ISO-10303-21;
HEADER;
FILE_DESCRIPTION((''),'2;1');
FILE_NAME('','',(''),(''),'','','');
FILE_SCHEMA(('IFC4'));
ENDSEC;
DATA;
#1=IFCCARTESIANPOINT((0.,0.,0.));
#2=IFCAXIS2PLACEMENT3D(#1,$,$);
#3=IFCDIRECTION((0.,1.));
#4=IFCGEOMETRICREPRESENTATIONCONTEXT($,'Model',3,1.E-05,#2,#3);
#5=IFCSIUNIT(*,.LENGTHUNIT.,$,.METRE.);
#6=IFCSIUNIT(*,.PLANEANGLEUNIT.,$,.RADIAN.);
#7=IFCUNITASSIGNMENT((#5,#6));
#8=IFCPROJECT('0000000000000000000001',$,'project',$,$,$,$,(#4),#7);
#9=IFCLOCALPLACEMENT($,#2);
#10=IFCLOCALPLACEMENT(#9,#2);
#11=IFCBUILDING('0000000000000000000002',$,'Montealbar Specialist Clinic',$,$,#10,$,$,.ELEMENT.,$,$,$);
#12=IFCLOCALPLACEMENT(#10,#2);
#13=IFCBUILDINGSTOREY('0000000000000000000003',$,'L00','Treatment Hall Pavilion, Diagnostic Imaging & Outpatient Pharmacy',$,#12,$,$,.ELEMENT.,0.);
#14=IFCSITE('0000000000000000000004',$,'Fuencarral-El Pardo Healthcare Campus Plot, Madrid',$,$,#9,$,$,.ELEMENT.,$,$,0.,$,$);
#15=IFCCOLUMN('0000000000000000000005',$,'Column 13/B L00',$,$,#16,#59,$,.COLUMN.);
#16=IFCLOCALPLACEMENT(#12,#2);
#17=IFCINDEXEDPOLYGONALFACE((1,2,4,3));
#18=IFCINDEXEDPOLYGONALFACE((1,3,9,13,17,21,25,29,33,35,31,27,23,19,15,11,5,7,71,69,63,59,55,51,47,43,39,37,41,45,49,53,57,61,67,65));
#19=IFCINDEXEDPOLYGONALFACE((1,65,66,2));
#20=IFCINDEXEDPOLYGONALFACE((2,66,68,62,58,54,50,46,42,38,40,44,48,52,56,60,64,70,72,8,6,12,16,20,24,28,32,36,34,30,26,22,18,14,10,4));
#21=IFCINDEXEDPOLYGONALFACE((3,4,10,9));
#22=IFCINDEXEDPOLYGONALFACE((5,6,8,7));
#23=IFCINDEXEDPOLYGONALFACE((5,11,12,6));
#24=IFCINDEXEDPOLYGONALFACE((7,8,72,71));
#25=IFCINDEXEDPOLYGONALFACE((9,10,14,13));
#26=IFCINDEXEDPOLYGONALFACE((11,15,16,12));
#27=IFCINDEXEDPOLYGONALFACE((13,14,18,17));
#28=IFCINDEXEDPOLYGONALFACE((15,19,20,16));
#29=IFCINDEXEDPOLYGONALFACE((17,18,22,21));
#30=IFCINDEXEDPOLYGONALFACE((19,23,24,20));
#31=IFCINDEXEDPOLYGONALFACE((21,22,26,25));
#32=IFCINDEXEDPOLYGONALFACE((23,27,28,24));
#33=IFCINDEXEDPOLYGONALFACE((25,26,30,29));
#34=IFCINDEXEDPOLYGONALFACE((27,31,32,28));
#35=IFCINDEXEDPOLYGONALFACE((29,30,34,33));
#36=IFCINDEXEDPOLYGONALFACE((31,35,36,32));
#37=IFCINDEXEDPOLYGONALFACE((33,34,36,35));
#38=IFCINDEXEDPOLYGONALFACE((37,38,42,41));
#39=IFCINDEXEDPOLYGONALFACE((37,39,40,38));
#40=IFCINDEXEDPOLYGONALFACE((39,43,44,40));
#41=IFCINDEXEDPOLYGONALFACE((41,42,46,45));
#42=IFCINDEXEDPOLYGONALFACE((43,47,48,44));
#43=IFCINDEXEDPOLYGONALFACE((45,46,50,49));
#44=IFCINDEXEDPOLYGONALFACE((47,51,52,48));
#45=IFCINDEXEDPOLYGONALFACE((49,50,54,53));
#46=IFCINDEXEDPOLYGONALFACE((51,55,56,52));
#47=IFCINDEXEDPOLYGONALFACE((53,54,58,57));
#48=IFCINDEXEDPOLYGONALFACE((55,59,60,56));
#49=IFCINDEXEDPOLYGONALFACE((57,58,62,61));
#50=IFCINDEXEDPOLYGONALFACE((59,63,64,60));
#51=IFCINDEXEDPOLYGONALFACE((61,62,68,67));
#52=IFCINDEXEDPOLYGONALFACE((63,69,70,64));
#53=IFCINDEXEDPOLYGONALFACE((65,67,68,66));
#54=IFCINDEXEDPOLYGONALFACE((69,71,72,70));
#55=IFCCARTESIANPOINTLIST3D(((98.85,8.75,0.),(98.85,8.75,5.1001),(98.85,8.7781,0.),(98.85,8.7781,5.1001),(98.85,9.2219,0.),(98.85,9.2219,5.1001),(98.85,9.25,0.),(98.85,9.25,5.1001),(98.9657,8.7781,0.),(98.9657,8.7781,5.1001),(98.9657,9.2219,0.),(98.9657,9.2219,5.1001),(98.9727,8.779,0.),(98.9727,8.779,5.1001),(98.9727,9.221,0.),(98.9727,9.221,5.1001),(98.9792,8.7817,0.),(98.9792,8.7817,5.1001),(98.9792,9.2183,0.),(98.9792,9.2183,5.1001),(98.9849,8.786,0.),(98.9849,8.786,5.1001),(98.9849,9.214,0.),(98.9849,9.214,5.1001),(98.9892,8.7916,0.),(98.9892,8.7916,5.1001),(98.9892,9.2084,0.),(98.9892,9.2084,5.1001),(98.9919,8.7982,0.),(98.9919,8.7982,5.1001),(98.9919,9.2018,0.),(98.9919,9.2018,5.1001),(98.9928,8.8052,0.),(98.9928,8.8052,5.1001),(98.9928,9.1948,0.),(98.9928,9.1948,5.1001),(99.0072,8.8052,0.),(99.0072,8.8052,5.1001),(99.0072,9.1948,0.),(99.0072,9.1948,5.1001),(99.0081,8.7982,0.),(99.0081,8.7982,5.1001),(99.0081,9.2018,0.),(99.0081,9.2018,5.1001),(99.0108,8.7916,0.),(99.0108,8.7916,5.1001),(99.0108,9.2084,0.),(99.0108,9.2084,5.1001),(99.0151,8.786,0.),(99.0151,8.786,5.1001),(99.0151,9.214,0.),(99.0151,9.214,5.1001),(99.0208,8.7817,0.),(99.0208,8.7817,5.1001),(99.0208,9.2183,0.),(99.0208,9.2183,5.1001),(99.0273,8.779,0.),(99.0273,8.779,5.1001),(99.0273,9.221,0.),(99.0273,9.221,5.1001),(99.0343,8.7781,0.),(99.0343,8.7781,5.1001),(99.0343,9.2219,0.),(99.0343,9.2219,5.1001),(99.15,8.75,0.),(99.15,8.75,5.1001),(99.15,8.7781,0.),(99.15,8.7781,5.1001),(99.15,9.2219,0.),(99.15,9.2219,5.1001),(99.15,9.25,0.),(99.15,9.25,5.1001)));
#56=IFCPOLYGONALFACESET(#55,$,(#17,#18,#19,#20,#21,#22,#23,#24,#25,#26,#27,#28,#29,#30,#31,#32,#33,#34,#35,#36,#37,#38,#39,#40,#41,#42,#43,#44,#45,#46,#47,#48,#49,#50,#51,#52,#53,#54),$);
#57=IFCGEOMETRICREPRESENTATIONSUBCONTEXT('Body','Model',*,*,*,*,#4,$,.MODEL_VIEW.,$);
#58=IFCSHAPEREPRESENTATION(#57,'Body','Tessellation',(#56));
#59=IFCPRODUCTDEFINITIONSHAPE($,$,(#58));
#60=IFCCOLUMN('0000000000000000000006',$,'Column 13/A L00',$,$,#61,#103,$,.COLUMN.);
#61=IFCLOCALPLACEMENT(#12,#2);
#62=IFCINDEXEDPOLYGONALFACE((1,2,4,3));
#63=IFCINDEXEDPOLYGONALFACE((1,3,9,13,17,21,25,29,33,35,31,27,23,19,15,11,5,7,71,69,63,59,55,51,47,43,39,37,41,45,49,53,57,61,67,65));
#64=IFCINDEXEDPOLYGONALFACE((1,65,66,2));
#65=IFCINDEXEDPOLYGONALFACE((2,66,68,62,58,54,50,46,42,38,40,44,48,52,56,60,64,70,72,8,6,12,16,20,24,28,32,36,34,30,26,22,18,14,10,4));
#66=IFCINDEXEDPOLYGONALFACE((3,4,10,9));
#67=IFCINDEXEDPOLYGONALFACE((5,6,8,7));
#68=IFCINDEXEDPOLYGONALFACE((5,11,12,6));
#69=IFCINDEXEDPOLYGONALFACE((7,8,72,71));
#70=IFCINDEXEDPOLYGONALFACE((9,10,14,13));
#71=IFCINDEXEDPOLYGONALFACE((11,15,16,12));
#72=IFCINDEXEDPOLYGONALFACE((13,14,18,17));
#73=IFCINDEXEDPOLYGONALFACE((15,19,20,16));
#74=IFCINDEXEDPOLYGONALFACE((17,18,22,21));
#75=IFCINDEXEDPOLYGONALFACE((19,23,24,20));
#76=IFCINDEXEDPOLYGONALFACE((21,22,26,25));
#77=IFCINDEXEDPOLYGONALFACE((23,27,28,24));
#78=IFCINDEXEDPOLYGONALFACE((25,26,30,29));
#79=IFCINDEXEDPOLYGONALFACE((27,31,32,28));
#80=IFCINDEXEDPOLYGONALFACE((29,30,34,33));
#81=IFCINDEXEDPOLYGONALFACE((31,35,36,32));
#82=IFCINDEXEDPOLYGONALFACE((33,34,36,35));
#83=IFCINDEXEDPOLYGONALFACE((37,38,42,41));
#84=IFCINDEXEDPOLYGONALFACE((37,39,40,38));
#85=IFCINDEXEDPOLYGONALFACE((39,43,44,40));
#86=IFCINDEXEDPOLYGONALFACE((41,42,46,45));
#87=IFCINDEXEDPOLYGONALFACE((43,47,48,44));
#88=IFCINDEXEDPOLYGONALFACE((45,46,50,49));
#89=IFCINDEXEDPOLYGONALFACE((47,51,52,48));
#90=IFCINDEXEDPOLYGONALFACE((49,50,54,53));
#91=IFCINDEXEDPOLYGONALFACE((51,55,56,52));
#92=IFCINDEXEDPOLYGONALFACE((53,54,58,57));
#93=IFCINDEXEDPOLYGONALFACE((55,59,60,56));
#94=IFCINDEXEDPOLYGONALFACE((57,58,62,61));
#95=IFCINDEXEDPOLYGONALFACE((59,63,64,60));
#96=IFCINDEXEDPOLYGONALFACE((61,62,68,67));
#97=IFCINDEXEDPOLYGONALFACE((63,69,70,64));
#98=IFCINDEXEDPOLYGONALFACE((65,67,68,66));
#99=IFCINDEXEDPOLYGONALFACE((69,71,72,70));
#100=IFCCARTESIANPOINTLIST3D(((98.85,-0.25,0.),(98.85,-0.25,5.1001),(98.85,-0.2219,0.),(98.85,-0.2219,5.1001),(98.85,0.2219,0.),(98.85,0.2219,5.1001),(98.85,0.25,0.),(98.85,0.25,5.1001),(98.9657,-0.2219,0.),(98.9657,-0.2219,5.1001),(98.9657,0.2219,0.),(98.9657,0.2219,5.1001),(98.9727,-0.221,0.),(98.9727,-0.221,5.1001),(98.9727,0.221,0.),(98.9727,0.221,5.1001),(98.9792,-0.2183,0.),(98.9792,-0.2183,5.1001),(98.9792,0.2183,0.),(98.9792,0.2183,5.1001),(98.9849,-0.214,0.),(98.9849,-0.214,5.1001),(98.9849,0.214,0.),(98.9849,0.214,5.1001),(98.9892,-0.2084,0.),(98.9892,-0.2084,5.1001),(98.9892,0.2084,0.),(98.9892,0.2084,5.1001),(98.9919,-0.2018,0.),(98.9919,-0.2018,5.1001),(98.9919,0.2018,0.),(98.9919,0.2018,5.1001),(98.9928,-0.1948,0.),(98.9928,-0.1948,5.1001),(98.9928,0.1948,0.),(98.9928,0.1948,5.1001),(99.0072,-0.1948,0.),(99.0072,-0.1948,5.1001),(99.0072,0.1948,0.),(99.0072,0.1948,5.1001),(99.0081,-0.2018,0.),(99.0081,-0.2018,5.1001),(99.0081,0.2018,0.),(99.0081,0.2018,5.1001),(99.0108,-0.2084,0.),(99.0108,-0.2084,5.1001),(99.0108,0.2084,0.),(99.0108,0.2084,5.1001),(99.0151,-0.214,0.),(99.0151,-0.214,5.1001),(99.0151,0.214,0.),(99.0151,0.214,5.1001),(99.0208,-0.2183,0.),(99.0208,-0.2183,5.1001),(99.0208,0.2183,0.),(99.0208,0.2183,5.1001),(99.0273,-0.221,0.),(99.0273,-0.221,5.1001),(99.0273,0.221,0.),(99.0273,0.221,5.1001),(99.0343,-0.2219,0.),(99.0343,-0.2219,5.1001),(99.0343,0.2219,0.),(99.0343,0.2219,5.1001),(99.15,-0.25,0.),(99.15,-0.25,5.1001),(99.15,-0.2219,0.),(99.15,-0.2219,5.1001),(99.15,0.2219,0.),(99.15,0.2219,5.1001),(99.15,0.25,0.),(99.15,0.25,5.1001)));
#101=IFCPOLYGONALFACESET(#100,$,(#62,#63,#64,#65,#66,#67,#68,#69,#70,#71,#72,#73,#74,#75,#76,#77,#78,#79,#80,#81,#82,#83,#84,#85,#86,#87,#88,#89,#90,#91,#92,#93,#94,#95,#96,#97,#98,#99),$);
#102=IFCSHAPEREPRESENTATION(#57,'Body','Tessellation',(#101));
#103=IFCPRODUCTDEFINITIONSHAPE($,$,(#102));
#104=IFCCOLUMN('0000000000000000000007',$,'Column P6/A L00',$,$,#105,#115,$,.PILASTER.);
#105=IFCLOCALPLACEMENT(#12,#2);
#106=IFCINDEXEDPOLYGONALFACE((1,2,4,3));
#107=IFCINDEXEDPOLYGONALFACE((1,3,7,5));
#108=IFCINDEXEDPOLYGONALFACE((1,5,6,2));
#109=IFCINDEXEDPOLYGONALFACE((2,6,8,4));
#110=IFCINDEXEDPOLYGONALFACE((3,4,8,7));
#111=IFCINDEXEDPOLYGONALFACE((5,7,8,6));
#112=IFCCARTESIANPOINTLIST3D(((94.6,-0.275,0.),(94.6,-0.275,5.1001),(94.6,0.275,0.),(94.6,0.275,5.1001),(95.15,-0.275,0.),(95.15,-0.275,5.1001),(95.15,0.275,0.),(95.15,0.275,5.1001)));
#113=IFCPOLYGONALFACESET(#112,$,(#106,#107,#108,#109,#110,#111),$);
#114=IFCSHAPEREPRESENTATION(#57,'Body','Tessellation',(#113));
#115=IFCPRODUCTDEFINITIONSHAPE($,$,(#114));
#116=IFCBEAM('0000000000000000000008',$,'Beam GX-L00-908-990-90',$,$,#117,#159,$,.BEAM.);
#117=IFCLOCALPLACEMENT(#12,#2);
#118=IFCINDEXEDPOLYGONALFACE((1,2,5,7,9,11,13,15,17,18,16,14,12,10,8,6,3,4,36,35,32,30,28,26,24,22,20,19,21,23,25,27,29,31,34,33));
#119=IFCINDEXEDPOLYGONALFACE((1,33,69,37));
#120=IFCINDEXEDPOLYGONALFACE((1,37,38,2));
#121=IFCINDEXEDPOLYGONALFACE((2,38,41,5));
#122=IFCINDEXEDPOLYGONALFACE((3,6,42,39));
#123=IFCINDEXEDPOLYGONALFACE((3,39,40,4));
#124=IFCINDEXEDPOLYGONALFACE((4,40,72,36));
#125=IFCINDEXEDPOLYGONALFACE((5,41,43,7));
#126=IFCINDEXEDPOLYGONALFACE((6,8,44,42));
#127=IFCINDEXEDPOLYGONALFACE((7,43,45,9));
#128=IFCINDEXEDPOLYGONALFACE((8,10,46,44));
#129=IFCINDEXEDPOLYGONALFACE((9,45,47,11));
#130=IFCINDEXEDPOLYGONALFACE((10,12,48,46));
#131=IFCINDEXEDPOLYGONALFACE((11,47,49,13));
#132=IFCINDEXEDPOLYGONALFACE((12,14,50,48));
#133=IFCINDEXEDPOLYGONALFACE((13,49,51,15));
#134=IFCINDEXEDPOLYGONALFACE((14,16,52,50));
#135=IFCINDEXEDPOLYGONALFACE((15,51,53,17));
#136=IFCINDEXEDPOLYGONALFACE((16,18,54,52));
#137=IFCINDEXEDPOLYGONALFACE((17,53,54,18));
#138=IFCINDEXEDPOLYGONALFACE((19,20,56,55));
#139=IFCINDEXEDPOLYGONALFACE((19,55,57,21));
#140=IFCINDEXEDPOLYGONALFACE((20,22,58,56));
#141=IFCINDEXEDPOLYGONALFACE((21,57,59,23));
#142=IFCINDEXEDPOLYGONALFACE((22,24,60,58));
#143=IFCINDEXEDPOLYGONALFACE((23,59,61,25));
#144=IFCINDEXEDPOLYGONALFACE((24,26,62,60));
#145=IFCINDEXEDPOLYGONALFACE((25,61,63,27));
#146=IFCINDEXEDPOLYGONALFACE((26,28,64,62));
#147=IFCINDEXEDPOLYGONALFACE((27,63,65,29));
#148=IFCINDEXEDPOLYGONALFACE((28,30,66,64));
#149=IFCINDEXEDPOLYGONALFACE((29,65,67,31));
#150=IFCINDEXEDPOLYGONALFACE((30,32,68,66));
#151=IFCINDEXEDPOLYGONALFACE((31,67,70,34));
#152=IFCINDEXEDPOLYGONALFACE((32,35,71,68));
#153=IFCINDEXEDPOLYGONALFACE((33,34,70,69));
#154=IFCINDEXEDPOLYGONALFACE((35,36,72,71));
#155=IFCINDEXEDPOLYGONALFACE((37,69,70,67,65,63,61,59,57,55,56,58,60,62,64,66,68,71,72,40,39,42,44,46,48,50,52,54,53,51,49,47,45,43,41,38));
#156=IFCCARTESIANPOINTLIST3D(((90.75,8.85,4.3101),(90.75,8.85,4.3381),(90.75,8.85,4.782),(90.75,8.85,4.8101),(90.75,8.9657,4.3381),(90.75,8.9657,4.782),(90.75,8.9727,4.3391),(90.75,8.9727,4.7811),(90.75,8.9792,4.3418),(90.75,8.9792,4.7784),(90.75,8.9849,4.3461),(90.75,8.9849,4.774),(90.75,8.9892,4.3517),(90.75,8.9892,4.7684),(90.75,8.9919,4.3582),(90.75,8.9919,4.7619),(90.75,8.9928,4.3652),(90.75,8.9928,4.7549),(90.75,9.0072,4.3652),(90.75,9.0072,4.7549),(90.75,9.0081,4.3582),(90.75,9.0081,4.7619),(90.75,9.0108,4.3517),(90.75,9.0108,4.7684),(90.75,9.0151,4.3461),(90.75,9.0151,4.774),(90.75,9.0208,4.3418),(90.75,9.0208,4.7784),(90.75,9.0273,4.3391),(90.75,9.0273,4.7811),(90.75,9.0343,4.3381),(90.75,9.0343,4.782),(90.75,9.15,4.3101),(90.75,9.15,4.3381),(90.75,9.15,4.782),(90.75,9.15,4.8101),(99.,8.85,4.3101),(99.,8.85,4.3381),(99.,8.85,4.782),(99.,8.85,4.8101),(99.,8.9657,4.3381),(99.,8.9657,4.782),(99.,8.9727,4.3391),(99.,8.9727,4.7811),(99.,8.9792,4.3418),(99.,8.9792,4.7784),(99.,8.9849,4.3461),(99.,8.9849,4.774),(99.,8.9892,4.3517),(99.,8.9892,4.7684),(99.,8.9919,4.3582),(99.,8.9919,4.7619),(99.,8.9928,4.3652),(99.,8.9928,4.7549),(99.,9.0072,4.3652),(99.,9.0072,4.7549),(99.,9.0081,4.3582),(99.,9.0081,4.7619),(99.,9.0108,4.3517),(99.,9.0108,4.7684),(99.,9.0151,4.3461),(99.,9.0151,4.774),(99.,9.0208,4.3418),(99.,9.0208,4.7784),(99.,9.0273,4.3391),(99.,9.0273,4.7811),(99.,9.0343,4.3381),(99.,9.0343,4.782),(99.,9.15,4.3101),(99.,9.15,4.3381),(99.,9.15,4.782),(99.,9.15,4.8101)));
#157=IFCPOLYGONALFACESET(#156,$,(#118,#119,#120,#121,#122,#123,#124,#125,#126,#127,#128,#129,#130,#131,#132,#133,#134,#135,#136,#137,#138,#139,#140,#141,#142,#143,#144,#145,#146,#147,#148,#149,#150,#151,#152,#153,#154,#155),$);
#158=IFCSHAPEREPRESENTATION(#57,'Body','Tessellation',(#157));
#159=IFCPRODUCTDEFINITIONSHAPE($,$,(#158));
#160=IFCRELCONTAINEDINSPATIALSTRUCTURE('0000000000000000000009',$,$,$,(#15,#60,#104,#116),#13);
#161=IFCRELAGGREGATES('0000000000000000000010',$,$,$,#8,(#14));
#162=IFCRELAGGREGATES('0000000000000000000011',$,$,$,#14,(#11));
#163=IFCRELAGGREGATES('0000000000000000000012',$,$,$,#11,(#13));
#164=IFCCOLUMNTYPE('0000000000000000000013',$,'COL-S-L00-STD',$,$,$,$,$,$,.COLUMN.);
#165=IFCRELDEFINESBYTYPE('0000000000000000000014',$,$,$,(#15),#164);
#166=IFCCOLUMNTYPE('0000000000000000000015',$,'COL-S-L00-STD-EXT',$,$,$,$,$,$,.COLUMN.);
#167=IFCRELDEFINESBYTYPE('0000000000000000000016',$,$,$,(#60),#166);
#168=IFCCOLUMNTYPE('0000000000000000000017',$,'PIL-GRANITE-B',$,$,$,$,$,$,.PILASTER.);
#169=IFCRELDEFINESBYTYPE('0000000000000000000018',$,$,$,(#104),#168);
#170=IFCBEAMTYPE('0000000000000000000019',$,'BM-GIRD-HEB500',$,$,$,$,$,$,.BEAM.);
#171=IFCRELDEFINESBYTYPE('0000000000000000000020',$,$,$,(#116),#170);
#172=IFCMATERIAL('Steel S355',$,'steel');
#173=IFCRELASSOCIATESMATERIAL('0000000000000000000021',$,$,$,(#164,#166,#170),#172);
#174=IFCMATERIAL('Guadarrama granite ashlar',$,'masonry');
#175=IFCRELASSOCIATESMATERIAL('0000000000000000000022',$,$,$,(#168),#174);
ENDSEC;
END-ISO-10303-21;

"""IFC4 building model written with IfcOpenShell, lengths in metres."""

from ifc_helpers import new_model, si_unit, direction, frame, origin, origin_2d, place, context, subcontext, project, spatial, rectangle, i_section, extrude, material, material_profile, profile_set, type_object, element, save


model = new_model("IFC4")

# Units and contexts
model_context = context("Model", 3, precision=1e-05, world=origin(), true_north=direction((0.0, 1.0)))
body_context = subcontext(model_context, "Body", "Model", "MODEL_VIEW")
ifc_project = project(units=[si_unit("LENGTHUNIT", "METRE"), si_unit("PLANEANGLEUNIT", "RADIAN")], contexts=[model_context])

# Site, building, storey
site_placement = place(None, origin())
site = spatial("IfcSite", under=ifc_project, at=site_placement, Name="Fuencarral-El Pardo Healthcare Campus Plot, Madrid", CompositionType="ELEMENT", RefElevation=0.0)
building_placement = place(site_placement, origin())
building = spatial("IfcBuilding", under=site, at=building_placement, Name="Montealbar Specialist Clinic", CompositionType="ELEMENT")
storey_placement = place(building_placement, origin())
storey = spatial("IfcBuildingStorey", under=building, at=storey_placement, Name="L00", Description="Treatment Hall Pavilion, Diagnostic Imaging & Outpatient Pharmacy", CompositionType="ELEMENT", Elevation=0.0)

# Columns
ifc_material_1 = material(Name="Steel S355", Category="steel")
ifc_material_profile_1 = material_profile(ifc_material_1, i_section(OverallWidth=0.3, OverallDepth=0.5, WebThickness=0.0144, FlangeThickness=0.0281, FilletRadius=0.0271, at=origin_2d()), Name="HEB 500", Category="steel")
ifc_profile_set_1 = profile_set([ifc_material_profile_1], Name="Steel S355")
column_type_1 = type_object("IfcColumnType", Name="COL-S-L00-STD", PredefinedType="COLUMN", material=ifc_profile_set_1)
column_1_placement = place(storey_placement, frame((99.0, 9.0, 0.0), z_axis=(0.0, 0.0, 1.0), x_axis=(1.0, 0.0, 0.0)))
element("IfcColumn", 1, at=column_1_placement, inside=storey, type_object=column_type_1, Name="Column 13/B L00", PredefinedType="COLUMN", context=body_context, shape_type="SweptSolid", body=[
    extrude(i_section(OverallWidth=0.3, OverallDepth=0.5, WebThickness=0.0144, FlangeThickness=0.0281, FilletRadius=0.0271, at=origin_2d()), origin(), (0.0, 0.0, 1.0), 5.1001),
])
ifc_material_profile_2 = material_profile(ifc_material_1, i_section(OverallWidth=0.3, OverallDepth=0.5, WebThickness=0.0144, FlangeThickness=0.0281, FilletRadius=0.0271, at=origin_2d()), Name="HEB 500", Category="steel")
ifc_profile_set_2 = profile_set([ifc_material_profile_2], Name="Steel S355")
column_type_2 = type_object("IfcColumnType", Name="COL-S-L00-STD-EXT", PredefinedType="COLUMN", material=ifc_profile_set_2)
column_2_placement = place(storey_placement, frame((99.0, 0.0, 0.0), z_axis=(0.0, 0.0, 1.0), x_axis=(1.0, 0.0, 0.0)))
element("IfcColumn", 2, at=column_2_placement, inside=storey, type_object=column_type_2, Name="Column 13/A L00", PredefinedType="COLUMN", context=body_context, shape_type="SweptSolid", body=[
    extrude(i_section(OverallWidth=0.3, OverallDepth=0.5, WebThickness=0.0144, FlangeThickness=0.0281, FilletRadius=0.0271, at=origin_2d()), origin(), (0.0, 0.0, 1.0), 5.1001),
])
ifc_material_2 = material(Name="Guadarrama granite ashlar", Category="masonry")
ifc_material_profile_3 = material_profile(ifc_material_2, rectangle(XDim=0.55, YDim=0.55, at=origin_2d()), Name="GRANITE PILASTER 550x550", Category="masonry")
ifc_profile_set_3 = profile_set([ifc_material_profile_3], Name="Guadarrama granite ashlar")
column_type_3 = type_object("IfcColumnType", Name="PIL-GRANITE-B", PredefinedType="PILASTER", material=ifc_profile_set_3)
column_3_placement = place(storey_placement, frame((94.875, 0.0, 0.0), z_axis=(0.0, 0.0, 1.0), x_axis=(1.0, 0.0, 0.0)))
element("IfcColumn", 3, at=column_3_placement, inside=storey, type_object=column_type_3, Name="Column P6/A L00", PredefinedType="PILASTER", context=body_context, shape_type="SweptSolid", body=[
    extrude(rectangle(XDim=0.55, YDim=0.55, at=origin_2d()), origin(), (0.0, 0.0, 1.0), 5.1001),
])

# Beam
ifc_material_profile_4 = material_profile(ifc_material_1, i_section(OverallWidth=0.3, OverallDepth=0.5, WebThickness=0.0144, FlangeThickness=0.0281, FilletRadius=0.0271, at=origin_2d()), Name="HEB 500", Category="steel")
ifc_profile_set_4 = profile_set([ifc_material_profile_4], Name="Steel S355")
beam_type_1 = type_object("IfcBeamType", Name="BM-GIRD-HEB500", PredefinedType="BEAM", material=ifc_profile_set_4)
beam_1_placement = place(storey_placement, frame((90.75, 9.0, 4.5601), z_axis=(1.0, 0.0, 0.0), x_axis=(0.0, 1.0, 0.0)))
element("IfcBeam", 4, at=beam_1_placement, inside=storey, type_object=beam_type_1, Name="Beam GX-L00-908-990-90", PredefinedType="BEAM", context=body_context, shape_type="SweptSolid", body=[
    extrude(i_section(OverallWidth=0.3, OverallDepth=0.5, WebThickness=0.0144, FlangeThickness=0.0281, FilletRadius=0.0271, at=origin_2d()), origin(), (0.0, 0.0, 1.0), 8.25),
])

save(model, "model.ifc")
